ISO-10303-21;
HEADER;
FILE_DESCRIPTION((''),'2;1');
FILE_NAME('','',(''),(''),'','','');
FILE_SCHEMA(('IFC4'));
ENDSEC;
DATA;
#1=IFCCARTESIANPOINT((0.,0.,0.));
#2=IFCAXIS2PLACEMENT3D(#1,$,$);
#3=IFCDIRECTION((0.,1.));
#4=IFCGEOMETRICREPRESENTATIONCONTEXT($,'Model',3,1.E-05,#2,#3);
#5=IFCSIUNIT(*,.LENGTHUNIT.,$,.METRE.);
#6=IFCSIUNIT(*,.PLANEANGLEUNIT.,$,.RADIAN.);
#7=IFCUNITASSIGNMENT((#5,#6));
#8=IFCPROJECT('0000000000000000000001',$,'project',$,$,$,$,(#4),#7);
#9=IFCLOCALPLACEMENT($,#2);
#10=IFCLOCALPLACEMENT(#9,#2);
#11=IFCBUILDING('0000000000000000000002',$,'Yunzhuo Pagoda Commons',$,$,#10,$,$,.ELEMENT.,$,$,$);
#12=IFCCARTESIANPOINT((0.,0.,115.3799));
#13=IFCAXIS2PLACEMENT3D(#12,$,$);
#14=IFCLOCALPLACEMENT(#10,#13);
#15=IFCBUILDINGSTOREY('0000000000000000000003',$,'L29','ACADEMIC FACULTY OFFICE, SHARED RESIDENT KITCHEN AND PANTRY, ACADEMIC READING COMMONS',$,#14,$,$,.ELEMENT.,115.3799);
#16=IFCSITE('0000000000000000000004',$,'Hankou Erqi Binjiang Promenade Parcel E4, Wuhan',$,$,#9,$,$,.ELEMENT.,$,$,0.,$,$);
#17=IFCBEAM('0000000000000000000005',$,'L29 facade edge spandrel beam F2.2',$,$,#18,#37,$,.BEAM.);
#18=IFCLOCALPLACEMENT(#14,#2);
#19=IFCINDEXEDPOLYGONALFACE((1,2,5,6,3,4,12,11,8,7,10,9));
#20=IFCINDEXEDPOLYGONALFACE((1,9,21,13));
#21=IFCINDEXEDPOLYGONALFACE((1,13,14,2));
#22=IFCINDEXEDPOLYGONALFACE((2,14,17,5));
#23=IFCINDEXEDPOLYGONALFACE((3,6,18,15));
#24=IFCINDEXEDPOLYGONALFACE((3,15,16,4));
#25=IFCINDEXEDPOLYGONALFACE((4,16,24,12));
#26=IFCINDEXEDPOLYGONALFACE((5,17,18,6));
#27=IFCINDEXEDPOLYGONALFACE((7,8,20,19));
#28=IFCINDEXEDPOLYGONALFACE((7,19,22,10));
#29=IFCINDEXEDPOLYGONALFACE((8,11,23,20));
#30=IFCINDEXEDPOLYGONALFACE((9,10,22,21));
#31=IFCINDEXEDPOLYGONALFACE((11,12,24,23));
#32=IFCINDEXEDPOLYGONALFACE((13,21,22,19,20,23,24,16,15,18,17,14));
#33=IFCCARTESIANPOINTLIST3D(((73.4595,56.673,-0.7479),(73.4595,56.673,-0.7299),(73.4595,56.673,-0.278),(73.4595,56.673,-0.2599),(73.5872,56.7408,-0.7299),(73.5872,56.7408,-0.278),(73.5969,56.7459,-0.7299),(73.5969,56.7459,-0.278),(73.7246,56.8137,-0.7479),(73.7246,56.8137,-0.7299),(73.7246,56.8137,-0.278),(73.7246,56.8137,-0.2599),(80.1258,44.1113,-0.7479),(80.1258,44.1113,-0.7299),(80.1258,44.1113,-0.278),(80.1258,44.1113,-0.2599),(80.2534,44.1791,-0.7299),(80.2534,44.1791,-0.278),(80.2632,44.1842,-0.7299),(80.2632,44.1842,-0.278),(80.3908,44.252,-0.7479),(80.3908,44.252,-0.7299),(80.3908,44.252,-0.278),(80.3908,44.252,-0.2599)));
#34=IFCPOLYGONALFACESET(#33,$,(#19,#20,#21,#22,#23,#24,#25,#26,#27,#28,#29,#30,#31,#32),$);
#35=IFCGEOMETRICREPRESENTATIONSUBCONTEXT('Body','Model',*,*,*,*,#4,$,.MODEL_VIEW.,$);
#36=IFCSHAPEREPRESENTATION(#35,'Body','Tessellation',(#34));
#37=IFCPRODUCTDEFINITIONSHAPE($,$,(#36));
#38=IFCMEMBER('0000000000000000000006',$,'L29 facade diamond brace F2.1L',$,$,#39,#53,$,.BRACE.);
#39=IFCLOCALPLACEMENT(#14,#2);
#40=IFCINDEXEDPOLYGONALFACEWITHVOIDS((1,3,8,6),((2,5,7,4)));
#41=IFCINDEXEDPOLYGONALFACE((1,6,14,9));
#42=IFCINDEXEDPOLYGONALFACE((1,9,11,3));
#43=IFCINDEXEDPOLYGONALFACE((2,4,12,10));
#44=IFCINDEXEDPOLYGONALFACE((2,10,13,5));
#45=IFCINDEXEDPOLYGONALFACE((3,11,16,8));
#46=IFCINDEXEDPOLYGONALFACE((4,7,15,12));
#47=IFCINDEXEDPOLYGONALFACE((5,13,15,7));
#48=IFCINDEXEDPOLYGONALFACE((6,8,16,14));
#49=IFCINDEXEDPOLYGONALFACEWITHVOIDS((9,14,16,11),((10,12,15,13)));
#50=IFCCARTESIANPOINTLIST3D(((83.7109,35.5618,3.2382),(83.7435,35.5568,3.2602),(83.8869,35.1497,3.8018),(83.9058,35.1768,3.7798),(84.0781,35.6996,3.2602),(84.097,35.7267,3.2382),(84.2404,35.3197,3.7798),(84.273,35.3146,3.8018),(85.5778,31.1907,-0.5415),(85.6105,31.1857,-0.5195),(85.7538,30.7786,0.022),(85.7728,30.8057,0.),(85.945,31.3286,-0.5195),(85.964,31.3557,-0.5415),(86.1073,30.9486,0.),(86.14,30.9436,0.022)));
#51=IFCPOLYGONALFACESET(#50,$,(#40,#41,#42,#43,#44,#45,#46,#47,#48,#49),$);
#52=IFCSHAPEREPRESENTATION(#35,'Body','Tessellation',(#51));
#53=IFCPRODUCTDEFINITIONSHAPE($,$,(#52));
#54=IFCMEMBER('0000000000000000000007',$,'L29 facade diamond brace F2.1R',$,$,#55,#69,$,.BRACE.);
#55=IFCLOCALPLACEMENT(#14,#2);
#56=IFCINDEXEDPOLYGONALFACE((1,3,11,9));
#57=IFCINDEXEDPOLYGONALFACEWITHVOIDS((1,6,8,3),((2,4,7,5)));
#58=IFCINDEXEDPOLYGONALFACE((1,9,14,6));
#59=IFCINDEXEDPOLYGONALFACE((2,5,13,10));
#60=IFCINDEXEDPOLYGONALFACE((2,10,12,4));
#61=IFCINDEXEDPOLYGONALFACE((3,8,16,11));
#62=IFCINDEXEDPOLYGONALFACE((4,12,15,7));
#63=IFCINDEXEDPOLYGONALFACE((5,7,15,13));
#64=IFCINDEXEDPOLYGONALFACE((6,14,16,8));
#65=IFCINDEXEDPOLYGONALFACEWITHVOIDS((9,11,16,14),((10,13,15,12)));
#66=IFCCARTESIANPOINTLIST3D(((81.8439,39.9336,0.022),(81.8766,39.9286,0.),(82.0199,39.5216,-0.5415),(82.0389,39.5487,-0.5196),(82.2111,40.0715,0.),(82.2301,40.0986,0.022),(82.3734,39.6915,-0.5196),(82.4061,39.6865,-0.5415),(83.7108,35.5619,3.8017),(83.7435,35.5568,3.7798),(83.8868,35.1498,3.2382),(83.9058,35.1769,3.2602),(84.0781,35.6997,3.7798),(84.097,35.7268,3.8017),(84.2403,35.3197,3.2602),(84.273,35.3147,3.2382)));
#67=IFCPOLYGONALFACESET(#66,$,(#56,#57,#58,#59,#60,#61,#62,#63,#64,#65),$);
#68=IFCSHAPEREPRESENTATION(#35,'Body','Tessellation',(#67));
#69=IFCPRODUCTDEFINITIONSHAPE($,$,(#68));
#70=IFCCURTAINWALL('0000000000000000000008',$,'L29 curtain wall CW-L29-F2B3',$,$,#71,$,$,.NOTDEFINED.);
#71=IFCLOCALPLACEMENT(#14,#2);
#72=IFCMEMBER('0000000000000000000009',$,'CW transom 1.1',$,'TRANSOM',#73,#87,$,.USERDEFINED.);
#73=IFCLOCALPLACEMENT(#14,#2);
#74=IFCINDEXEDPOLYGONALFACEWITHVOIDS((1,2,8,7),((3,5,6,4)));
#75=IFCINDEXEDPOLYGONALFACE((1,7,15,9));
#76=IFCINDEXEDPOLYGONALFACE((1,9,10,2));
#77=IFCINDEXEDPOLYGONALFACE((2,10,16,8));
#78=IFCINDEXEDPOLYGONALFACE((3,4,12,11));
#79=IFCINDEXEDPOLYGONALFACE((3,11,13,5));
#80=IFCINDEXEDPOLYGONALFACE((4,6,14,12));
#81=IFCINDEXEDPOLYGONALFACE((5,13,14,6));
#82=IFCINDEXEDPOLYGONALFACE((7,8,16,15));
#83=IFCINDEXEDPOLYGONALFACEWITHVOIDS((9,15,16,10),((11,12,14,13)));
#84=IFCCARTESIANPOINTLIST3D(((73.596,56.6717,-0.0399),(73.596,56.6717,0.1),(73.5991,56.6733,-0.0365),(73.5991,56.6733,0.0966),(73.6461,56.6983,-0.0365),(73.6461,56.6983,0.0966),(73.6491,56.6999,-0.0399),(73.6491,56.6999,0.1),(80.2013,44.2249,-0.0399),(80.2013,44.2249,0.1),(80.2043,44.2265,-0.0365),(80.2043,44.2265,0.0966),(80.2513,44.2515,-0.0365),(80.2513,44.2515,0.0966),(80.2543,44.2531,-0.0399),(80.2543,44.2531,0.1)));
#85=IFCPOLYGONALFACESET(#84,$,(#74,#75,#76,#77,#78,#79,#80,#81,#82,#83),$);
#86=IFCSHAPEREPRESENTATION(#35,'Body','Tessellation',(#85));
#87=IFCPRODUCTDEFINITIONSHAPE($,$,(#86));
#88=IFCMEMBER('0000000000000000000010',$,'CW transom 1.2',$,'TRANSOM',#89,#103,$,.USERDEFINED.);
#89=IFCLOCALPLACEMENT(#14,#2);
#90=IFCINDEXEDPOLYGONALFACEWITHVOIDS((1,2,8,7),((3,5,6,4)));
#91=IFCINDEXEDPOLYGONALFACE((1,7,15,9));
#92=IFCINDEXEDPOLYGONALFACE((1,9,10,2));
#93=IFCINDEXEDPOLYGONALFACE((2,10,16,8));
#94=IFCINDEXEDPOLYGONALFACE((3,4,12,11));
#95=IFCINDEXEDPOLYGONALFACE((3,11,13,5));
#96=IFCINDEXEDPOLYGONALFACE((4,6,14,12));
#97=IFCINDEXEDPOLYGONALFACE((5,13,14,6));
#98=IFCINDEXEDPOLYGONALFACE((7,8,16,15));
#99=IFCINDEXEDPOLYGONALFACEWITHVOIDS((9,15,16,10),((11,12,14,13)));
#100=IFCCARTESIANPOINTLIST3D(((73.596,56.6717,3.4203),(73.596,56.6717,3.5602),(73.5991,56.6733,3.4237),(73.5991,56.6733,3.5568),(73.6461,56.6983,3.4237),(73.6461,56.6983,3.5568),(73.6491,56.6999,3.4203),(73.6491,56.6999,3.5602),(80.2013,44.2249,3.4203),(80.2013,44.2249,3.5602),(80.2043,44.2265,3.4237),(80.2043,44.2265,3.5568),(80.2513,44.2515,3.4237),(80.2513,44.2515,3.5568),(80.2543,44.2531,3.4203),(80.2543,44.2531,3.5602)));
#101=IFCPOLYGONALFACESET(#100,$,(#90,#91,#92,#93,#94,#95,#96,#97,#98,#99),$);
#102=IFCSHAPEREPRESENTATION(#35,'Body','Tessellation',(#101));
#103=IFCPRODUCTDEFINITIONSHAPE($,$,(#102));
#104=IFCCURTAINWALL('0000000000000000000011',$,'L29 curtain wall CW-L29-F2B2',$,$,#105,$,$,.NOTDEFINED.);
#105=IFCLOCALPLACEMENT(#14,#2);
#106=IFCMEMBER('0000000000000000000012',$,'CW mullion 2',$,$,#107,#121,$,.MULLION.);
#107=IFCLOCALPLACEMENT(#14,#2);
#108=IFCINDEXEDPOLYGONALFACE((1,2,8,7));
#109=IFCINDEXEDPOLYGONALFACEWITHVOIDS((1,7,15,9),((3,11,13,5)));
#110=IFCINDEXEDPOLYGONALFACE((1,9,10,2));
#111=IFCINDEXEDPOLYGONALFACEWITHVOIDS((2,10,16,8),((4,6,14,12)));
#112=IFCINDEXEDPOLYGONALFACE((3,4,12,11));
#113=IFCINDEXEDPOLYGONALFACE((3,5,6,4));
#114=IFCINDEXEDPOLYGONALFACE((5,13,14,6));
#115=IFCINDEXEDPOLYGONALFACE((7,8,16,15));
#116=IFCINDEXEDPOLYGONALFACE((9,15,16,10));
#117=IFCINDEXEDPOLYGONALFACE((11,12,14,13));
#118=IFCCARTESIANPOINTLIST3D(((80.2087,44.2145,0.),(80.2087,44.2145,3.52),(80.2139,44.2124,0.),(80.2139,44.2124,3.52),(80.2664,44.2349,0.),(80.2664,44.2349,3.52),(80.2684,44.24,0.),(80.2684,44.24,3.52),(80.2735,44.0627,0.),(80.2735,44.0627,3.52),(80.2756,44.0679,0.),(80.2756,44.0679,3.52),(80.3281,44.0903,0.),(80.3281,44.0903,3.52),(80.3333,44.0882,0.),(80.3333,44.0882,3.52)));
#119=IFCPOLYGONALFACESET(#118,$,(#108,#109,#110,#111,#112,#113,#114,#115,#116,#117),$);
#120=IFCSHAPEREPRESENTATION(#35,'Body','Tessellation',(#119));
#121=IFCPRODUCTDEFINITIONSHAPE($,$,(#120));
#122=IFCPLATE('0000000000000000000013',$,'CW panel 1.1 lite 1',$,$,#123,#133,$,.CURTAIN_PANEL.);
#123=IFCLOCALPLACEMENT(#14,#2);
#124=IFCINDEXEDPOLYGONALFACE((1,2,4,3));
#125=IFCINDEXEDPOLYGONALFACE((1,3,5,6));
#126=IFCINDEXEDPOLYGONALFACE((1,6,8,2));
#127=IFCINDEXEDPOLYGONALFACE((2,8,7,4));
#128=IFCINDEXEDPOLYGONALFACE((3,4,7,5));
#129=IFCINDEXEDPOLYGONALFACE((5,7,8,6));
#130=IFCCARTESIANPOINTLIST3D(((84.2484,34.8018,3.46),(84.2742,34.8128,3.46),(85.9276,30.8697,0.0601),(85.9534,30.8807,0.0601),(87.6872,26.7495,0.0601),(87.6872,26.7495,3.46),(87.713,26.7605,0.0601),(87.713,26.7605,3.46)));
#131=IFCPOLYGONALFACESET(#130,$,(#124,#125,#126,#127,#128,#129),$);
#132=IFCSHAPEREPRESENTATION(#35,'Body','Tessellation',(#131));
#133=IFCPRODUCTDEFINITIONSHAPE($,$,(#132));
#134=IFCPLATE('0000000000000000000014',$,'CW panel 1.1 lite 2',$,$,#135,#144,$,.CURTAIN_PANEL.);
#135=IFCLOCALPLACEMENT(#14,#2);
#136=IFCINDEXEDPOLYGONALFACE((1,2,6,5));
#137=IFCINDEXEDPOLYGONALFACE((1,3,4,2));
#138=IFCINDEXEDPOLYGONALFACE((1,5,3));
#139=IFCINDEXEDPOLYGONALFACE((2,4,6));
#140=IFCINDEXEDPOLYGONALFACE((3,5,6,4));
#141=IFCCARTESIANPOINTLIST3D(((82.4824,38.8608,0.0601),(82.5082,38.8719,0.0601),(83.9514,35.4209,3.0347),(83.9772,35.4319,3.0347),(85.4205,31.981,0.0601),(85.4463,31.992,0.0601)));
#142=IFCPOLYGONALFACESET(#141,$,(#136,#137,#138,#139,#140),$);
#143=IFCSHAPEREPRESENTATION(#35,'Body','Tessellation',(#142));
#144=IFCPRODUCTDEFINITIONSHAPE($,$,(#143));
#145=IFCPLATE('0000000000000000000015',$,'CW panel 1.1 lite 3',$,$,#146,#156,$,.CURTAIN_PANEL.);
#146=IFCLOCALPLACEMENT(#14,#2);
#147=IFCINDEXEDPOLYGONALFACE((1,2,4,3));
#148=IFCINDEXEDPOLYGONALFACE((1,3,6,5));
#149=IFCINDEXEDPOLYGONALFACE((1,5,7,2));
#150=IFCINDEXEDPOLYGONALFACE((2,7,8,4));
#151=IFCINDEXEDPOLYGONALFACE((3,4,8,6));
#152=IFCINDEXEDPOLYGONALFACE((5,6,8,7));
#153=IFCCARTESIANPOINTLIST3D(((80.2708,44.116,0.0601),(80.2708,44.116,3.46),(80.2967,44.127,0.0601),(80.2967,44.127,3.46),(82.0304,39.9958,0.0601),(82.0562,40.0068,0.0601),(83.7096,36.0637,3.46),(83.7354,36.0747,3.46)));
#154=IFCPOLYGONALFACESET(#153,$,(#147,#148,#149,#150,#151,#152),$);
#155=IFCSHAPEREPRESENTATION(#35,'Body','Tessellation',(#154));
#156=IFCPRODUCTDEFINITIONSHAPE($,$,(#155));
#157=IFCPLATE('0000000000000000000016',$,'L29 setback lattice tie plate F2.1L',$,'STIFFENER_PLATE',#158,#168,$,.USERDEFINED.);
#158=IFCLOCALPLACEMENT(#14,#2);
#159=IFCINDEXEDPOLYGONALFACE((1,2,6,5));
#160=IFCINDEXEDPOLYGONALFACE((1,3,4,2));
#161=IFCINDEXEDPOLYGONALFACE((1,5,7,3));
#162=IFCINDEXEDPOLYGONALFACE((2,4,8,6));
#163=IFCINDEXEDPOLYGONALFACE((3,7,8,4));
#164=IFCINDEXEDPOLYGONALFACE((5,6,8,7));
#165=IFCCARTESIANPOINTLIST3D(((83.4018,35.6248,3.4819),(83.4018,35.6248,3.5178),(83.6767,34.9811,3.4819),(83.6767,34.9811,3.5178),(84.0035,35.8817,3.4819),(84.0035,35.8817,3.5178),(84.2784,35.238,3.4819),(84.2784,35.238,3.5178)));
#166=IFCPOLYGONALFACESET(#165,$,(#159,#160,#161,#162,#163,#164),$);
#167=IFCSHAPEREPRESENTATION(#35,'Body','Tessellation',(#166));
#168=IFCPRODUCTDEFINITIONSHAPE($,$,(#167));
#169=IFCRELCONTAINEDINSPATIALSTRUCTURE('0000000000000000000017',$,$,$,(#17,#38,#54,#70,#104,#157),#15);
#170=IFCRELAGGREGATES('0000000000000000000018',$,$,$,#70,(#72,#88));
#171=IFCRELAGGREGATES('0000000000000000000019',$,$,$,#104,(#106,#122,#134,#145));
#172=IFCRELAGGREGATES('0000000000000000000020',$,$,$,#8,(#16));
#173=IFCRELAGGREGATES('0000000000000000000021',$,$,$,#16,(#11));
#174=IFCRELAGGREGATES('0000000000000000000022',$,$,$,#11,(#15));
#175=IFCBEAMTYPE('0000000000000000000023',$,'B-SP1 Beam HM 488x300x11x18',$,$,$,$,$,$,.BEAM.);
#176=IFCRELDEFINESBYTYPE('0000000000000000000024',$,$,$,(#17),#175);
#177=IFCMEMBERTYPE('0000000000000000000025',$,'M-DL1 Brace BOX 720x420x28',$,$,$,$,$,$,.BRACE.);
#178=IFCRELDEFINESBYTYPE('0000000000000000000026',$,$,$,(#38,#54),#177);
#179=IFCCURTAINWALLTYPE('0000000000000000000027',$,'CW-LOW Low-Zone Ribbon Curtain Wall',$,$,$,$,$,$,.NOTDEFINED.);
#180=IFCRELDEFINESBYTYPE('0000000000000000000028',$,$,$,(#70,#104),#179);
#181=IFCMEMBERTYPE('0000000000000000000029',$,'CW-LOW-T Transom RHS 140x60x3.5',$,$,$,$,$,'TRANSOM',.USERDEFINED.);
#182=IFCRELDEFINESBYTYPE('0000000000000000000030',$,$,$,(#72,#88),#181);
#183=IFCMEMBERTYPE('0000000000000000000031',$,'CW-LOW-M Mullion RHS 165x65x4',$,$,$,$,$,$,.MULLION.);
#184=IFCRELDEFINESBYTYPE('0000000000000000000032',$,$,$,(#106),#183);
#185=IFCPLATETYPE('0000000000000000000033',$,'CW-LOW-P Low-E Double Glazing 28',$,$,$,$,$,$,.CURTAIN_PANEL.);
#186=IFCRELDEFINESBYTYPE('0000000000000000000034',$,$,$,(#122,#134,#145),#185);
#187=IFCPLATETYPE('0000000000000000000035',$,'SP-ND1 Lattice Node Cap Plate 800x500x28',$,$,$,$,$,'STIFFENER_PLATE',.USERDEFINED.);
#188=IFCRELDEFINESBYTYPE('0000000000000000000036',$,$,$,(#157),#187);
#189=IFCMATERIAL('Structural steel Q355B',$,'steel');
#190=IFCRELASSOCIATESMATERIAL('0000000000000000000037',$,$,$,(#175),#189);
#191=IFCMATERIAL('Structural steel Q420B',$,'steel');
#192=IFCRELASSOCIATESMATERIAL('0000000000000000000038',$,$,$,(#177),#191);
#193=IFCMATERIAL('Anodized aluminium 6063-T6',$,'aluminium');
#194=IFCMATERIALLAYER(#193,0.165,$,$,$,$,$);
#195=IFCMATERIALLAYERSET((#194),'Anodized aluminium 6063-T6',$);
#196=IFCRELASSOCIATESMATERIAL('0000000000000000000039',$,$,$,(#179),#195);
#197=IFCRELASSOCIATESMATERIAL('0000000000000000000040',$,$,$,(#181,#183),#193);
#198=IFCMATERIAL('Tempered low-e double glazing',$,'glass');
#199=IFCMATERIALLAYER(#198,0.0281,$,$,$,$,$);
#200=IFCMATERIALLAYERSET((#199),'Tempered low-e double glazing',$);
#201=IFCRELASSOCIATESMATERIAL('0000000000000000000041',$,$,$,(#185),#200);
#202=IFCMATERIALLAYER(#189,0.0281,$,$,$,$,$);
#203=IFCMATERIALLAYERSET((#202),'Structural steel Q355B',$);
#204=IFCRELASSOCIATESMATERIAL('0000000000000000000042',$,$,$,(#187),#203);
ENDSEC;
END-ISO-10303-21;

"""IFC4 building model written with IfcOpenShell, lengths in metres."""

from ifc_helpers import new_model, si_unit, direction, frame, origin, origin_2d, place, context, subcontext, project, spatial, polyline, rectangle, hollow_rectangle, i_section, outline, extrude, source, transform, mapped, material, layer, layer_set, material_profile, profile_set, type_object, element, aggregate, save


model = new_model("IFC4")

# Units and contexts
model_context = context("Model", 3, precision=1e-05, world=origin(), true_north=direction((0.0, 1.0)))
body_context = subcontext(model_context, "Body", "Model", "MODEL_VIEW")
ifc_project = project(units=[si_unit("LENGTHUNIT", "METRE"), si_unit("PLANEANGLEUNIT", "RADIAN")], contexts=[model_context])

# Site, building, storey
site_placement = place(None, origin())
site = spatial("IfcSite", under=ifc_project, at=site_placement, Name="Hankou Erqi Binjiang Promenade Parcel E4, Wuhan", CompositionType="ELEMENT", RefElevation=0.0)
building_placement = place(site_placement, origin())
building = spatial("IfcBuilding", under=site, at=building_placement, Name="Yunzhuo Pagoda Commons", CompositionType="ELEMENT")
storey_placement = place(building_placement, frame((0.0, 0.0, 115.3799)))
storey = spatial("IfcBuildingStorey", under=building, at=storey_placement, Name="L29", Description="ACADEMIC FACULTY OFFICE, SHARED RESIDENT KITCHEN AND PANTRY, ACADEMIC READING COMMONS", CompositionType="ELEMENT", Elevation=115.3799)

# Shared definitions
ifc_material_1 = material(Name="Structural steel Q420B", Category="steel")

# Beam
ifc_material_2 = material(Name="Structural steel Q355B", Category="steel")
ifc_material_profile_1 = material_profile(ifc_material_2, i_section(OverallWidth=0.3, OverallDepth=0.488, WebThickness=0.011, FlangeThickness=0.0181, at=origin_2d()), Name="Structural steel Q355B")
ifc_profile_set_1 = profile_set([ifc_material_profile_1], Name="Structural steel Q355B")
beam_type_1 = type_object("IfcBeamType", Name="B-SP1 Beam HM 488x300x11x18", PredefinedType="BEAM", material=ifc_profile_set_1)
shared_shape_1 = source(origin(), body_context, "Body", "SweptSolid", [
    extrude(i_section(OverallWidth=0.3, OverallDepth=0.488, WebThickness=0.011, FlangeThickness=0.0181, at=origin_2d()), origin(), (0.0, 0.0, 1.0), 14.2209),
])
beam_1_placement = place(storey_placement, frame((80.2583, 44.1816, -0.5039), z_axis=(-0.468761, 0.883325, 0.0), x_axis=(-0.883325, -0.468761, 0.0)))
element("IfcBeam", 1, at=beam_1_placement, inside=storey, type_object=beam_type_1, Name="L29 facade edge spandrel beam F2.2", PredefinedType="BEAM", context=body_context, shape_type="MappedRepresentation", body=[
    mapped(shared_shape_1, transform((0.0, 0.0, 0.0), scale=1.0)),
])

# Members
ifc_material_profile_2 = material_profile(ifc_material_1, hollow_rectangle(XDim=0.4199, YDim=0.72, WallThickness=0.0281, at=origin_2d()), Name="Structural steel Q420B")
ifc_profile_set_2 = profile_set([ifc_material_profile_2], Name="Structural steel Q420B")
member_type_1 = type_object("IfcMemberType", Name="M-DL1 Brace BOX 720x420x28", PredefinedType="BRACE", material=ifc_profile_set_2)
shared_shape_2 = source(origin(), body_context, "Body", "SweptSolid", [
    extrude(hollow_rectangle(XDim=0.4199, YDim=0.72, WallThickness=0.0281, at=origin_2d()), origin(), (0.0, 0.0, 1.0), 6.0728),
])
member_1_placement = place(storey_placement, frame((85.8589, 31.0671, -0.2598), z_axis=(-0.307428, 0.719784, 0.622414), x_axis=(-0.919631, -0.392785, 0.0)))
element("IfcMember", 2, at=member_1_placement, inside=storey, type_object=member_type_1, Name="L29 facade diamond brace F2.1L", PredefinedType="BRACE", context=body_context, shape_type="MappedRepresentation", body=[
    mapped(shared_shape_2, transform((0.0, 0.0, 0.0), scale=1.0)),
])
shared_shape_3 = source(origin(), body_context, "Body", "SweptSolid", [
    extrude(hollow_rectangle(XDim=0.4199, YDim=0.72, WallThickness=0.0281, at=origin_2d()), origin(), (0.0, 0.0, 1.0), 6.0732),
])
member_2_placement = place(storey_placement, frame((82.125, 39.8101, -0.2598), z_axis=(0.307401, -0.719842, 0.62236), x_axis=(0.919654, 0.392729, 0.0)))
element("IfcMember", 3, at=member_2_placement, inside=storey, type_object=member_type_1, Name="L29 facade diamond brace F2.1R", PredefinedType="BRACE", context=body_context, shape_type="MappedRepresentation", body=[
    mapped(shared_shape_3, transform((0.0, 0.0, 0.0), scale=1.0)),
])

# Curtain wall, members
ifc_material_3 = material(Name="Anodized aluminium 6063-T6", Category="aluminium")
ifc_layer_1 = layer(ifc_material_3, 0.165)
ifc_layer_set_1 = layer_set([ifc_layer_1], Name="Anodized aluminium 6063-T6")
curtain_wall_type = type_object("IfcCurtainWallType", Name="CW-LOW Low-Zone Ribbon Curtain Wall", PredefinedType="NOTDEFINED", material=ifc_layer_set_1)
curtain_wall_1_placement = place(storey_placement, origin())
curtain_wall_1 = element("IfcCurtainWall", 4, at=curtain_wall_1_placement, inside=storey, type_object=curtain_wall_type, Name="L29 curtain wall CW-L29-F2B3", PredefinedType="NOTDEFINED")
ifc_material_profile_3 = material_profile(ifc_material_3, hollow_rectangle(XDim=0.0601, YDim=0.1399, WallThickness=0.0034, at=origin_2d()), Name="Anodized aluminium 6063-T6")
ifc_profile_set_3 = profile_set([ifc_material_profile_3], Name="Anodized aluminium 6063-T6")
member_type_2 = type_object("IfcMemberType", Name="CW-LOW-T Transom RHS 140x60x3.5", ElementType="TRANSOM", PredefinedType="USERDEFINED", material=ifc_profile_set_3)
shared_shape_4 = source(origin(), body_context, "Body", "SweptSolid", [
    extrude(hollow_rectangle(XDim=0.0601, YDim=0.1399, WallThickness=0.0034, at=origin_2d()), origin(), (0.0, 0.0, 1.0), 14.0908),
])
member_3_placement = place(storey_placement, frame((80.2278, 44.239, 0.03), z_axis=(-0.468761, 0.883325, 0.0), x_axis=(-0.883325, -0.468761, 0.0)))
member_3 = element("IfcMember", 5, at=member_3_placement, type_object=member_type_2, Name="CW transom 1.1", ObjectType="TRANSOM", PredefinedType="USERDEFINED", context=body_context, shape_type="MappedRepresentation", body=[
    mapped(shared_shape_4, transform((0.0, 0.0, 0.0), scale=1.0)),
])
member_4_placement = place(storey_placement, frame((80.2278, 44.239, 3.4902), z_axis=(-0.468761, 0.883325, 0.0), x_axis=(-0.883325, -0.468761, 0.0)))
member_4 = element("IfcMember", 6, at=member_4_placement, type_object=member_type_2, Name="CW transom 1.2", ObjectType="TRANSOM", PredefinedType="USERDEFINED", context=body_context, shape_type="MappedRepresentation", body=[
    mapped(shared_shape_4, transform((0.0, 0.0, 0.0), scale=1.0)),
])
aggregate(curtain_wall_1, [member_3, member_4])

# Curtain wall, member, plates
curtain_wall_2_placement = place(storey_placement, origin())
curtain_wall_2 = element("IfcCurtainWall", 7, at=curtain_wall_2_placement, inside=storey, type_object=curtain_wall_type, Name="L29 curtain wall CW-L29-F2B2", PredefinedType="NOTDEFINED")
ifc_material_profile_4 = material_profile(ifc_material_3, hollow_rectangle(XDim=0.0649, YDim=0.165, WallThickness=0.0039, at=origin_2d()), Name="Anodized aluminium 6063-T6")
ifc_profile_set_4 = profile_set([ifc_material_profile_4], Name="Anodized aluminium 6063-T6")
member_type_3 = type_object("IfcMemberType", Name="CW-LOW-M Mullion RHS 165x65x4", PredefinedType="MULLION", material=ifc_profile_set_4)
shared_shape_5 = source(origin(), body_context, "Body", "SweptSolid", [
    extrude(hollow_rectangle(XDim=0.0649, YDim=0.165, WallThickness=0.0039, at=origin_2d()), origin(), (0.0, 0.0, 1.0), 3.52),
])
member_5_placement = place(storey_placement, frame((80.271, 44.1514, 0.0), z_axis=(0.0, 0.0, 1.0), x_axis=(-0.919649, -0.392742, 0.0)))
member_5 = element("IfcMember", 8, at=member_5_placement, type_object=member_type_3, Name="CW mullion 2", PredefinedType="MULLION", context=body_context, shape_type="MappedRepresentation", body=[
    mapped(shared_shape_5, transform((0.0, 0.0, 0.0), scale=1.0)),
])
ifc_material_4 = material(Name="Tempered low-e double glazing", Category="glass")
ifc_layer_2 = layer(ifc_material_4, 0.0281)
ifc_layer_set_2 = layer_set([ifc_layer_2], Name="Tempered low-e double glazing")
plate_type_1 = type_object("IfcPlateType", Name="CW-LOW-P Low-E Double Glazing 28", PredefinedType="CURTAIN_PANEL", material=ifc_layer_set_2)
plate_1_placement = place(storey_placement, frame((85.9678, 30.7756, 1.76), z_axis=(0.919649, 0.392742, 0.0), x_axis=(-0.392742, 0.919649, 0.0)))
plate_1 = element("IfcPlate", 9, at=plate_1_placement, type_object=plate_type_1, Name="CW panel 1.1 lite 1", PredefinedType="CURTAIN_PANEL", context=body_context, shape_type="SweptSolid", body=[
    extrude(outline(polyline([(-4.3779, -1.7), (0.1023, -1.7), (4.3779, 1.7), (-4.3779, 1.7), (-4.3779, -1.7)])), origin(), (0.0, 0.0, 1.0), 0.0281),
])
plate_2_placement = place(storey_placement, frame((83.9514, 35.4209, 1.5474), z_axis=(0.919649, 0.392742, 0.0), x_axis=(-0.392742, 0.919649, 0.0)))
plate_2 = element("IfcPlate", 10, at=plate_2_placement, type_object=plate_type_1, Name="CW panel 1.1 lite 2", PredefinedType="CURTAIN_PANEL", context=body_context, shape_type="SweptSolid", body=[
    extrude(outline(polyline([(-3.7405, -1.4873), (3.7405, -1.4873), (0.0, 1.4873), (-3.7405, -1.4873)])), origin(), (0.0, 0.0, 1.0), 0.0281),
])
plate_3_placement = place(storey_placement, frame((81.9902, 40.0898, 1.76), z_axis=(0.919649, 0.392742, 0.0), x_axis=(-0.392742, 0.919649, 0.0)))
plate_3 = element("IfcPlate", 11, at=plate_3_placement, type_object=plate_type_1, Name="CW panel 1.1 lite 3", PredefinedType="CURTAIN_PANEL", context=body_context, shape_type="SweptSolid", body=[
    extrude(outline(polyline([(-4.3779, 1.7), (-0.1023, -1.7), (4.3779, -1.7), (4.3779, 1.7), (-4.3779, 1.7)])), origin(), (0.0, 0.0, 1.0), 0.0281),
])
aggregate(curtain_wall_2, [member_5, plate_1, plate_2, plate_3])

# Plate
ifc_layer_3 = layer(ifc_material_2, 0.0281)
ifc_layer_set_3 = layer_set([ifc_layer_3], Name="Structural steel Q355B")
plate_type_2 = type_object("IfcPlateType", Name="SP-ND1 Lattice Node Cap Plate 800x500x28", ElementType="STIFFENER_PLATE", PredefinedType="USERDEFINED", material=ifc_layer_set_3)
shared_shape_6 = source(origin(), body_context, "Body", "SweptSolid", [
    extrude(rectangle(XDim=0.7, YDim=0.6543, at=origin_2d()), origin(), (0.0, 0.0, 1.0), 0.0359),
])
plate_4_placement = place(storey_placement, frame((83.8401, 35.4314, 3.4819), z_axis=(0.0, 0.0, 1.0), x_axis=(-0.392738, 0.91965, 0.0)))
element("IfcPlate", 12, at=plate_4_placement, inside=storey, type_object=plate_type_2, Name="L29 setback lattice tie plate F2.1L", ObjectType="STIFFENER_PLATE", PredefinedType="USERDEFINED", context=body_context, shape_type="MappedRepresentation", body=[
    mapped(shared_shape_6, transform((0.0, 0.0, 0.0), scale=1.0)),
])

save(model, "model.ifc")
